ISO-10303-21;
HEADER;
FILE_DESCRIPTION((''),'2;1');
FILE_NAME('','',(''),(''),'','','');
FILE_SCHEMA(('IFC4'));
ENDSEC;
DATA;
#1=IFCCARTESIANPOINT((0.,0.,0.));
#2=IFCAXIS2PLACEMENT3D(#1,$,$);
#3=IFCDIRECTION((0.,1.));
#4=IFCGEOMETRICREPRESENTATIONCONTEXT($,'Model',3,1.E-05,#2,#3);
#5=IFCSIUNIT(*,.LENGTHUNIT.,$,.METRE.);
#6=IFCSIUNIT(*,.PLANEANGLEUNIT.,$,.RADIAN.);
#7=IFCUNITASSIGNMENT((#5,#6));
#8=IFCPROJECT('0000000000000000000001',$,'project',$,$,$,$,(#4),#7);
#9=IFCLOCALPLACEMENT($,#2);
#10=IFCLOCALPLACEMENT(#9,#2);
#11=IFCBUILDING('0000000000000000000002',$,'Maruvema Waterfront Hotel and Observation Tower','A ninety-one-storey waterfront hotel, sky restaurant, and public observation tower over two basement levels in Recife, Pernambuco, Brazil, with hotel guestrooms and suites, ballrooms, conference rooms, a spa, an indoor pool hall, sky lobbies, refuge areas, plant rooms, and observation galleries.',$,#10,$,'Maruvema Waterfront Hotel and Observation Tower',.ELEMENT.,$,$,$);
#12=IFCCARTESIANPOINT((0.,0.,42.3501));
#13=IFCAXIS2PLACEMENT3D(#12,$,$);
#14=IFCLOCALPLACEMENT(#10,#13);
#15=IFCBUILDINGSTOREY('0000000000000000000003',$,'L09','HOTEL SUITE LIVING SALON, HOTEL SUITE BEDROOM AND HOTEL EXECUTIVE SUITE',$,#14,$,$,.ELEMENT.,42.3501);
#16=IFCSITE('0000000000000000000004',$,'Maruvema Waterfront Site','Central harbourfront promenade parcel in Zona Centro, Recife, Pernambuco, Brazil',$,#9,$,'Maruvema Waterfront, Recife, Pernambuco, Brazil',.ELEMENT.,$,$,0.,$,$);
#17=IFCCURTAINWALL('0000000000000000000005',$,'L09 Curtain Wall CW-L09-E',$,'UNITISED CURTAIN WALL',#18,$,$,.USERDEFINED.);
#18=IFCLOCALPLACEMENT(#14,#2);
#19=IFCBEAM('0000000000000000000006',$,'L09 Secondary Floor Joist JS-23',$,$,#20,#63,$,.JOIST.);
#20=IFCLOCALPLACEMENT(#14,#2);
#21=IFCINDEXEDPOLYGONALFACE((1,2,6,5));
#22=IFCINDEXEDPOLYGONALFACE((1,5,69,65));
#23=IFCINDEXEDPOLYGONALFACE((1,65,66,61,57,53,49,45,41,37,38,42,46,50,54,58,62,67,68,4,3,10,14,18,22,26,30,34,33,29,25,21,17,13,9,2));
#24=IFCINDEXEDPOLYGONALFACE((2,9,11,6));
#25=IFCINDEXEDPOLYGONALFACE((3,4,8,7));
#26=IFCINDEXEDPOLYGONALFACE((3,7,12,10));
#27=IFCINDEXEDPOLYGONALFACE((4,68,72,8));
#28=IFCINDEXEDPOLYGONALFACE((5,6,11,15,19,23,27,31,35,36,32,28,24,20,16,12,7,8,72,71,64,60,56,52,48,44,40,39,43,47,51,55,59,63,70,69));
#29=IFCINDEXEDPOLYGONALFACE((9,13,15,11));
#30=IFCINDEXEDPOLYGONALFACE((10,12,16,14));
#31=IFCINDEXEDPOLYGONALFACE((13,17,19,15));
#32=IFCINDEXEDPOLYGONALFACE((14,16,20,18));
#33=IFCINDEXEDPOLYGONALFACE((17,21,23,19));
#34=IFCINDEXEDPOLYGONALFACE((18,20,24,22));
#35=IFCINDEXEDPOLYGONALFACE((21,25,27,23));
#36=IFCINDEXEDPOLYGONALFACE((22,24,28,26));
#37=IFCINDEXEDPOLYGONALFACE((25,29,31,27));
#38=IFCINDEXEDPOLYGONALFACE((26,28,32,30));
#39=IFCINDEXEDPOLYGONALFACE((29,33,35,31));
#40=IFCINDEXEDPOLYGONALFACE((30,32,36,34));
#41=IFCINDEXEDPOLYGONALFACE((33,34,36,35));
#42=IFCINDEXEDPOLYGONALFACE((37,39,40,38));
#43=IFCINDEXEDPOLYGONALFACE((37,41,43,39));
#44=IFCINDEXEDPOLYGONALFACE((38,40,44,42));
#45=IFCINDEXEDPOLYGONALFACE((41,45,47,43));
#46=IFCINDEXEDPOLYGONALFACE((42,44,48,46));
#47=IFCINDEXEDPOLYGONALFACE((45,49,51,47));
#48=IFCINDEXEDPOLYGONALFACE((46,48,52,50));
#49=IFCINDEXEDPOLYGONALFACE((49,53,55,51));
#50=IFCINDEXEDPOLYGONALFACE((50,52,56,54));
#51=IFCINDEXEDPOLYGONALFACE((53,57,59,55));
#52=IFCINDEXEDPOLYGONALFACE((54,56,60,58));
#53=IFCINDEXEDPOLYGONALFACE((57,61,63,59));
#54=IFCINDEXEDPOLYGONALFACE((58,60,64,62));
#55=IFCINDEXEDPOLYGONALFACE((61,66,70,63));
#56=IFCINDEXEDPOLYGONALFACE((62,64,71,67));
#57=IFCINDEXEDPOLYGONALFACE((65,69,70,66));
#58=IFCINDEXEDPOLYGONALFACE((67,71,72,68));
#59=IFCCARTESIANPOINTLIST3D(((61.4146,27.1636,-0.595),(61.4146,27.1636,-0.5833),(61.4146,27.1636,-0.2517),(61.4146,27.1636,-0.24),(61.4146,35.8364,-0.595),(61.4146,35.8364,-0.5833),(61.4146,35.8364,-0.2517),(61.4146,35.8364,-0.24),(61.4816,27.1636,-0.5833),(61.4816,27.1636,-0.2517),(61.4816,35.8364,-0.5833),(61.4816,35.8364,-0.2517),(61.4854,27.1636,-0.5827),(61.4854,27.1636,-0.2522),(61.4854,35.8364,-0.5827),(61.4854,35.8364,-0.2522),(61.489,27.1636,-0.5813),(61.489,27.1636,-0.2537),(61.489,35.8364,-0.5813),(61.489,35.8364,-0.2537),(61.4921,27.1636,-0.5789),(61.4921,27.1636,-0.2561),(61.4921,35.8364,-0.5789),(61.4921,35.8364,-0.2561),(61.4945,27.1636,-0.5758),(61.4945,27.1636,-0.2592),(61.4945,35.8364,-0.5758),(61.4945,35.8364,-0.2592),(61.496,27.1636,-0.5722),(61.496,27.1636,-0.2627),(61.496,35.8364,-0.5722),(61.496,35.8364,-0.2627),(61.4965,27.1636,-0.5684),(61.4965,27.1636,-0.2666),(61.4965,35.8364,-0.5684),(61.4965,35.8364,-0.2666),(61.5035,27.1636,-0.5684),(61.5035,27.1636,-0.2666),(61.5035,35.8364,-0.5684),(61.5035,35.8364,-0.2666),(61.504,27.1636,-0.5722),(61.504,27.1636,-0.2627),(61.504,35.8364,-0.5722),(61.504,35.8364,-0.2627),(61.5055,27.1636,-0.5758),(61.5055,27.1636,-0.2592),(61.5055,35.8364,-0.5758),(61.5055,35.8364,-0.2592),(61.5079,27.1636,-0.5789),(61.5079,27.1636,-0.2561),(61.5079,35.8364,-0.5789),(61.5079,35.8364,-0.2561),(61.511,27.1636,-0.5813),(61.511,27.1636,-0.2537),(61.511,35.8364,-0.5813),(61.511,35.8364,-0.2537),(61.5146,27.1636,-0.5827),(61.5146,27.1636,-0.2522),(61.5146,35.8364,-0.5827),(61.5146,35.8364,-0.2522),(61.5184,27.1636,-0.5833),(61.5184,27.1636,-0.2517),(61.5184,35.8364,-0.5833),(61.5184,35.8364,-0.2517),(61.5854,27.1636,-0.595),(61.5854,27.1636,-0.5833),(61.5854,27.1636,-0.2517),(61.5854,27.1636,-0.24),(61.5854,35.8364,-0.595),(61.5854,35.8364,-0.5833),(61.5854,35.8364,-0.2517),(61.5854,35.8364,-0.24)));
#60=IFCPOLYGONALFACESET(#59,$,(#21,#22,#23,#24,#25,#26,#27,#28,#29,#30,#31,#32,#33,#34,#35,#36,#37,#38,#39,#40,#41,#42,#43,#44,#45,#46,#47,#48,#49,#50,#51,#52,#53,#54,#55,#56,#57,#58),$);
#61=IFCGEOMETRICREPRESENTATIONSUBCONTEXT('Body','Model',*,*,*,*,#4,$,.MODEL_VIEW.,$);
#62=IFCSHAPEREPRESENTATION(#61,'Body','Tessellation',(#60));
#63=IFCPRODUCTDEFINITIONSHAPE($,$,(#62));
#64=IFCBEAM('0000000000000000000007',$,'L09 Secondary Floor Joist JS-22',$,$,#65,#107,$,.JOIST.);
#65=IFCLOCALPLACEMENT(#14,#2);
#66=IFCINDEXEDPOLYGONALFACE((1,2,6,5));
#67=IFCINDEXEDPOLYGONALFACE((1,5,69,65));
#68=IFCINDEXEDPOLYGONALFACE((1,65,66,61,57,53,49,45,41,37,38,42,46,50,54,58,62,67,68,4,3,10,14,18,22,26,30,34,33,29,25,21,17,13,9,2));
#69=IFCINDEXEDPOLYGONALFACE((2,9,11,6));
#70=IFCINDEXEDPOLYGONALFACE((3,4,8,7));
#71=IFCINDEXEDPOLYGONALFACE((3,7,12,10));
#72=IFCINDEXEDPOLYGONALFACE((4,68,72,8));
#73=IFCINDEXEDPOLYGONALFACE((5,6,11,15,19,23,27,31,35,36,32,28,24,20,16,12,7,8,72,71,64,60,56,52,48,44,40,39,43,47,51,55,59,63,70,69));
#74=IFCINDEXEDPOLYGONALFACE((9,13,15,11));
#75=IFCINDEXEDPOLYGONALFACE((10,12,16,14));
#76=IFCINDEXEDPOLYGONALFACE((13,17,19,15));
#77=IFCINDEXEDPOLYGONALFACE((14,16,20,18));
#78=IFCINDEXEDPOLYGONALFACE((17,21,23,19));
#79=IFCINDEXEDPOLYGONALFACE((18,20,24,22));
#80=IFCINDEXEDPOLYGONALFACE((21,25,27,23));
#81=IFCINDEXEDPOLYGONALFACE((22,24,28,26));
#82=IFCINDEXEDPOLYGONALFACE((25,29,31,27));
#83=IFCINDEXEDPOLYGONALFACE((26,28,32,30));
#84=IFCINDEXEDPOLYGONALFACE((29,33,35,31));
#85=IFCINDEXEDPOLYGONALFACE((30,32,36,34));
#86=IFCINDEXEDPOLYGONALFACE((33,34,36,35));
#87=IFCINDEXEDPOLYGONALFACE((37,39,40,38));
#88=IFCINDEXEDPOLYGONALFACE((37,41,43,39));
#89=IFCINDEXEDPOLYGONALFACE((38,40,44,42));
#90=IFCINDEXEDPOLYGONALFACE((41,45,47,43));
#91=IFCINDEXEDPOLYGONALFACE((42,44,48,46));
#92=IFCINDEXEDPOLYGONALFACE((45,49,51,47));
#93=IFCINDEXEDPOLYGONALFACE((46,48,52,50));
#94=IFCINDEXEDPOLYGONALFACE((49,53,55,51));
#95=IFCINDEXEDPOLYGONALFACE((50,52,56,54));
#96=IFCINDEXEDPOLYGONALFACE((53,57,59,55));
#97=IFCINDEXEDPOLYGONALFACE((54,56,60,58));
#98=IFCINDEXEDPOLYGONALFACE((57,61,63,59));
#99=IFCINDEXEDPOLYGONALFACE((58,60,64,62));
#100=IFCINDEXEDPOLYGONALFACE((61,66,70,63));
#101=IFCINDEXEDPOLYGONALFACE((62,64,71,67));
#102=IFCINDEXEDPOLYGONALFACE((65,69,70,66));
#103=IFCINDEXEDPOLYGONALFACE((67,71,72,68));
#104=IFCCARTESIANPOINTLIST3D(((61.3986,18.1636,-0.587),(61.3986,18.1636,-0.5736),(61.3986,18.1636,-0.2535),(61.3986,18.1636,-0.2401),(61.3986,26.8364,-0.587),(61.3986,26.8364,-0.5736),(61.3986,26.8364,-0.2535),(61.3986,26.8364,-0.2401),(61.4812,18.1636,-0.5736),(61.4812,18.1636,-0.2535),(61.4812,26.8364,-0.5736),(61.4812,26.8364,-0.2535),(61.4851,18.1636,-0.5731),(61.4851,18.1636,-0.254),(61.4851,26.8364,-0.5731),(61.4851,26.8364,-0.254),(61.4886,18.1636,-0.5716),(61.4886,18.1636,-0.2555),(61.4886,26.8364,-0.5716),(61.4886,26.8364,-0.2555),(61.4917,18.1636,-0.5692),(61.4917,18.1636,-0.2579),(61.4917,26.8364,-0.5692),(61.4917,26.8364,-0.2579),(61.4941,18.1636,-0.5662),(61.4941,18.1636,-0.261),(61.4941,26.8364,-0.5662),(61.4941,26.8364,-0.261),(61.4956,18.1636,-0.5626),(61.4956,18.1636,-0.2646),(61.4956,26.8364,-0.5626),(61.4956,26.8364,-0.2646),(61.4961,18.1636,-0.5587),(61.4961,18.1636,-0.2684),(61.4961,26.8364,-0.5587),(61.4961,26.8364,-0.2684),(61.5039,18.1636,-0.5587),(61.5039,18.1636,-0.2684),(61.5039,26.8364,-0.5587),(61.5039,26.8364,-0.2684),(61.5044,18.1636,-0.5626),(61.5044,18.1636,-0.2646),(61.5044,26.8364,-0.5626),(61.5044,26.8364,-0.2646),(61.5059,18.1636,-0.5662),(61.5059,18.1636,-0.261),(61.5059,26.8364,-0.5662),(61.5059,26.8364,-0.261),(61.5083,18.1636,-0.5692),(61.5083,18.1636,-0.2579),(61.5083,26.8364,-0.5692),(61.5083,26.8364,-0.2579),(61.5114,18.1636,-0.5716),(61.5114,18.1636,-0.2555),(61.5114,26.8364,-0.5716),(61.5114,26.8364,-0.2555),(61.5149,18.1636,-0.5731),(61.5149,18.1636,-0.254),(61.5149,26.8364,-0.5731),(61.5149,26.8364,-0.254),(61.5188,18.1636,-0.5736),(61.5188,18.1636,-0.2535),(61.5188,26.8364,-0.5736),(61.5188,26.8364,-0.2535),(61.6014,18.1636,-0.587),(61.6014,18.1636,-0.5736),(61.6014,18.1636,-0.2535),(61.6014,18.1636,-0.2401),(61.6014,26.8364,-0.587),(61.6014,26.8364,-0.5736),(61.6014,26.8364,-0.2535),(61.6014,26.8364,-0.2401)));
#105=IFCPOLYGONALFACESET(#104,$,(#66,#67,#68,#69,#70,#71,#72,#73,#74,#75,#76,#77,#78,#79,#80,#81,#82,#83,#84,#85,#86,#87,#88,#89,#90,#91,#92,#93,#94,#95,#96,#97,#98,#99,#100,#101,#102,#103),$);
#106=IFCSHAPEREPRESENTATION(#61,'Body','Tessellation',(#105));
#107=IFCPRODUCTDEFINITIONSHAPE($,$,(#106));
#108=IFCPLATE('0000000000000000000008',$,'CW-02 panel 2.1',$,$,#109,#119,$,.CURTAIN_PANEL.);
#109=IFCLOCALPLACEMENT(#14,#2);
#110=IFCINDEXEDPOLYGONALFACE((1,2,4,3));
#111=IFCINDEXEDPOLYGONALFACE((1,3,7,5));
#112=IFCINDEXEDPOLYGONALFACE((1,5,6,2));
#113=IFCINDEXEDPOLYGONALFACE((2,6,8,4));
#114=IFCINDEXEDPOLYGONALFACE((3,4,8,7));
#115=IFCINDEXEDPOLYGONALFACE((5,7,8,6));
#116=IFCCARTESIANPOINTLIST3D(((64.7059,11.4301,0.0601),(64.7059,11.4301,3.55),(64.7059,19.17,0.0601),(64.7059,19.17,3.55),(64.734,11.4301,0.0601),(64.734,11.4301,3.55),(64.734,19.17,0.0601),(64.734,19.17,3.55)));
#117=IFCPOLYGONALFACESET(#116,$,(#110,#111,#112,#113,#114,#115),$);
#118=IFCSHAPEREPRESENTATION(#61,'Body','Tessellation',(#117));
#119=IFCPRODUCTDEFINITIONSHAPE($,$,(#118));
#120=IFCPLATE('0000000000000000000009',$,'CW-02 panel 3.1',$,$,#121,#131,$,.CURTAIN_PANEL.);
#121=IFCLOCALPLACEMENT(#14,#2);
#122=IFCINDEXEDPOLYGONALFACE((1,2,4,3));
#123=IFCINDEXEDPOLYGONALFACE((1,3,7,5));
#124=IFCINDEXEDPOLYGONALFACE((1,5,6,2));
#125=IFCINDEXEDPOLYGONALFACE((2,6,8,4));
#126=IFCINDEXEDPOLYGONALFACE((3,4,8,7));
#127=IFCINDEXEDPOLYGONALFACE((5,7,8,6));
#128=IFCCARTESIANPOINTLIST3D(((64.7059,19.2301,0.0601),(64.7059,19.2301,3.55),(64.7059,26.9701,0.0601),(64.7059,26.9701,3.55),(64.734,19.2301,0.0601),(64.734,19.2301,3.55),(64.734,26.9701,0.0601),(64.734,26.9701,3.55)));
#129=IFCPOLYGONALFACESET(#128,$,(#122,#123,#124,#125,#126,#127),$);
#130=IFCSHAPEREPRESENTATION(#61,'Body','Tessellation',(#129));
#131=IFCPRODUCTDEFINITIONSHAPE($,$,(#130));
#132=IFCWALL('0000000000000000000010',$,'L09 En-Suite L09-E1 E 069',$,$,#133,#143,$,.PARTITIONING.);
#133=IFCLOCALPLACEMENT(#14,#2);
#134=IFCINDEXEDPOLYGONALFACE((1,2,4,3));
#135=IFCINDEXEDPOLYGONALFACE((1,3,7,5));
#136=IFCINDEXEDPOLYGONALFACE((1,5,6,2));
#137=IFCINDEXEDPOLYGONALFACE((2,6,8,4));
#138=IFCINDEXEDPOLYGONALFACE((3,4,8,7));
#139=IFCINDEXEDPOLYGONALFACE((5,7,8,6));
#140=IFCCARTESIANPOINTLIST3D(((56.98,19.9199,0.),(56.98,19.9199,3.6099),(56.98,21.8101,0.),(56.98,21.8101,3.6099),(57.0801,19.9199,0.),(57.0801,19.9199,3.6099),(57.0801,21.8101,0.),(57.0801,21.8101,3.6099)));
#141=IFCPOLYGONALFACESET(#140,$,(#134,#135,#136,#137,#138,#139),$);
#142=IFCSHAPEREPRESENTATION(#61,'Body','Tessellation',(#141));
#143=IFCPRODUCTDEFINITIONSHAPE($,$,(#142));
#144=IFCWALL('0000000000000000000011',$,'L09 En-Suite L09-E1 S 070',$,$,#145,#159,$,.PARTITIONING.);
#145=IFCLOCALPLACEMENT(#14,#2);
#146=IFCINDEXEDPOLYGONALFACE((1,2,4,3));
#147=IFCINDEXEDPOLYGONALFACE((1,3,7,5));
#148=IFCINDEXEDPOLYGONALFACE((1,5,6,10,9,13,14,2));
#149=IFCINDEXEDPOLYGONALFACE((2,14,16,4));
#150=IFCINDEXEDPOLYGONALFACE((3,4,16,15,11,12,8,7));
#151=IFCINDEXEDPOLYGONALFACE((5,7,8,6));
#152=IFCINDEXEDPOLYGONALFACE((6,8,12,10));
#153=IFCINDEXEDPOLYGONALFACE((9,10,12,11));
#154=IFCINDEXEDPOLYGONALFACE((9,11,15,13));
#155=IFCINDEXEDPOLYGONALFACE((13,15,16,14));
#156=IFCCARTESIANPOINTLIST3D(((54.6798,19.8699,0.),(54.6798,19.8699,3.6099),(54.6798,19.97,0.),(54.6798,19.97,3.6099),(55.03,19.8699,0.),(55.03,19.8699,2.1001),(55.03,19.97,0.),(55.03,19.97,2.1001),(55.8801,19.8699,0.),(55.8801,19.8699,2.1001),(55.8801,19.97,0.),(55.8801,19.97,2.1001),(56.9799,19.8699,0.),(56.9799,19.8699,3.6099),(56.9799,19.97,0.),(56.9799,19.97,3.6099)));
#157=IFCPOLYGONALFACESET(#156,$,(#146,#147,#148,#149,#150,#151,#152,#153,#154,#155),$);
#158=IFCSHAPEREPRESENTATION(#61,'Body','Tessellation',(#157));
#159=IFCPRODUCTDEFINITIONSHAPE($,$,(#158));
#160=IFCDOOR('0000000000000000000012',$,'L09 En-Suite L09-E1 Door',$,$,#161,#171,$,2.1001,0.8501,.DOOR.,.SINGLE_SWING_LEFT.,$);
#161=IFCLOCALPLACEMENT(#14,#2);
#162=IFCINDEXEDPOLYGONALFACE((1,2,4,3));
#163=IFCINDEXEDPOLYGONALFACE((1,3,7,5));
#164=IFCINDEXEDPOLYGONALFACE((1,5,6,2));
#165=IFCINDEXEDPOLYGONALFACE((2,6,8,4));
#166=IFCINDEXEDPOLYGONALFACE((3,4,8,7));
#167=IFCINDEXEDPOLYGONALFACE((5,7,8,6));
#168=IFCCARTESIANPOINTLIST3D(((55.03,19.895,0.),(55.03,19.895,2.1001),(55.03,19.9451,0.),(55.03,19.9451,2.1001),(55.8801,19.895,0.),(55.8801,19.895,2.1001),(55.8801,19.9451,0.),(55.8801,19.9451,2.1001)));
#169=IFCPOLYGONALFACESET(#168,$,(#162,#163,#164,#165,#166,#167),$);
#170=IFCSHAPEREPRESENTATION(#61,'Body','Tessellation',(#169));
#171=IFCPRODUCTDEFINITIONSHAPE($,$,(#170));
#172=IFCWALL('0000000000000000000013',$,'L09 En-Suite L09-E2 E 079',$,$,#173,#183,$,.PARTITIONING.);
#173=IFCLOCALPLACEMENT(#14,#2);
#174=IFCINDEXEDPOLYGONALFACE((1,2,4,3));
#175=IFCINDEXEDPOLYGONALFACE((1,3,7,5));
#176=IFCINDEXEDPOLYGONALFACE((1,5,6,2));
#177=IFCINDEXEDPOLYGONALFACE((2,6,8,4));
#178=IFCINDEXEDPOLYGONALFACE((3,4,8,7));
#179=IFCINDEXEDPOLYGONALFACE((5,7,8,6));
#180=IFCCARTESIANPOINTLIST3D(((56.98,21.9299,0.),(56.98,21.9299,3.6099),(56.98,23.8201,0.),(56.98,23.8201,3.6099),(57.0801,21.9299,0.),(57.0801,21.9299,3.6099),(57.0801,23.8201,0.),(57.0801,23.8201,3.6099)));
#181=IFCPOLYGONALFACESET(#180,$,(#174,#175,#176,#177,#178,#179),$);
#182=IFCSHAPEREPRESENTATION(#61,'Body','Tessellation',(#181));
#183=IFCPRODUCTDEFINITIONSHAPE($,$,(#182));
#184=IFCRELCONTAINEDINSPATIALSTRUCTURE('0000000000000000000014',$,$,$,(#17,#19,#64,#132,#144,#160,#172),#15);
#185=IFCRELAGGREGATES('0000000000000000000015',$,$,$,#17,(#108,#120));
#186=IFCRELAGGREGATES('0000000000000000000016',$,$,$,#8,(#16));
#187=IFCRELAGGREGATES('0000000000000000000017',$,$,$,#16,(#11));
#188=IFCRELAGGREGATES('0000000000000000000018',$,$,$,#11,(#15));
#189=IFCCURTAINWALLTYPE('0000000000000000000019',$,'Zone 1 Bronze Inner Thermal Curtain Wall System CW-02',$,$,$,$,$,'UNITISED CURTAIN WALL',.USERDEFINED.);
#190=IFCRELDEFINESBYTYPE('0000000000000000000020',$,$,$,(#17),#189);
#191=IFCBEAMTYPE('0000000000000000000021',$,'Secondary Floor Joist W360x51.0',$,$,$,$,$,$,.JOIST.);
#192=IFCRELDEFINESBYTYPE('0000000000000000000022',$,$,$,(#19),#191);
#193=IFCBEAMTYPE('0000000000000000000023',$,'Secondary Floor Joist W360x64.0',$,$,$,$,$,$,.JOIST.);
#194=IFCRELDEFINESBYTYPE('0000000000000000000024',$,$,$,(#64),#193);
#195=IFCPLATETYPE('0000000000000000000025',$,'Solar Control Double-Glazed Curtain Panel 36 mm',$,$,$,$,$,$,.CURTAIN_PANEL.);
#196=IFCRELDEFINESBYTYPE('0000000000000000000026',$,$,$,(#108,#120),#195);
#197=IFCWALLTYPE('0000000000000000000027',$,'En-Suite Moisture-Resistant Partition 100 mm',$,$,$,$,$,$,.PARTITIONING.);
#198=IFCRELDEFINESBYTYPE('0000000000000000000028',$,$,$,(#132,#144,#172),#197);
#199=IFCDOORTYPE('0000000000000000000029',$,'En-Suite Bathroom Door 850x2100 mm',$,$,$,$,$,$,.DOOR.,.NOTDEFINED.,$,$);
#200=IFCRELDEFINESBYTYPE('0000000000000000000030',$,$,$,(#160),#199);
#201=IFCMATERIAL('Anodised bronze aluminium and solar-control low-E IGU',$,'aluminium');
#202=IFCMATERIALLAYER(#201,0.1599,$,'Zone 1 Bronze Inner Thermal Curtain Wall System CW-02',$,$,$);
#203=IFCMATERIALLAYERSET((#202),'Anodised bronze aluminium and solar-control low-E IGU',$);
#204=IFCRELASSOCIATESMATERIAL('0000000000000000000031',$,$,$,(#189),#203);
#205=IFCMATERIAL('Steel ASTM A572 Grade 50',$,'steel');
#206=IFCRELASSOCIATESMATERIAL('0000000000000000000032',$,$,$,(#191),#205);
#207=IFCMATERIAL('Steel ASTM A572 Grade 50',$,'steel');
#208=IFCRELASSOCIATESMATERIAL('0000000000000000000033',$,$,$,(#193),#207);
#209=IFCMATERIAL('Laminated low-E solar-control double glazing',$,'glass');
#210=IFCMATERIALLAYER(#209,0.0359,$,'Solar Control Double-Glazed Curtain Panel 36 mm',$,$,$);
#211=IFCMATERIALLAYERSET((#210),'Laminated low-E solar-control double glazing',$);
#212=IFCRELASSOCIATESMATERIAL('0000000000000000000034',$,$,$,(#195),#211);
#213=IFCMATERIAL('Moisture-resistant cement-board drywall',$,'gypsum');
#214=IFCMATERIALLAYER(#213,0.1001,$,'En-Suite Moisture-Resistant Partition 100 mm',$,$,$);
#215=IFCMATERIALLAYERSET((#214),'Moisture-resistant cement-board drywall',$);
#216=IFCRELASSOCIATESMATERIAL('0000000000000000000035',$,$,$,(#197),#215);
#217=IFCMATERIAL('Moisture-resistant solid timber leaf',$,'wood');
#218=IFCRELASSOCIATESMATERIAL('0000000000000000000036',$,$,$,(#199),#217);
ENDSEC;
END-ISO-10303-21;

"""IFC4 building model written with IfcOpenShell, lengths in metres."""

from ifc_helpers import new_model, si_unit, direction, frame, frame_2d, origin, origin_2d, place, context, subcontext, project, spatial, rectangle, i_section, extrude, material, layer, layer_set, material_profile, profile_set, type_object, element, fill, aggregate, save


model = new_model("IFC4")

# Units and contexts
model_context = context("Model", 3, precision=1e-05, world=origin(), true_north=direction((0.0, 1.0)))
body_context = subcontext(model_context, "Body", "Model", "MODEL_VIEW")
ifc_project = project(units=[si_unit("LENGTHUNIT", "METRE"), si_unit("PLANEANGLEUNIT", "RADIAN")], contexts=[model_context])

# Site, building, storey
site_placement = place(None, origin())
site = spatial("IfcSite", under=ifc_project, at=site_placement, Name="Maruvema Waterfront Site", Description="Central harbourfront promenade parcel in Zona Centro, Recife, Pernambuco, Brazil", LongName="Maruvema Waterfront, Recife, Pernambuco, Brazil", CompositionType="ELEMENT", RefElevation=0.0)
building_placement = place(site_placement, origin())
building = spatial("IfcBuilding", under=site, at=building_placement, Name="Maruvema Waterfront Hotel and Observation Tower", Description="A ninety-one-storey waterfront hotel, sky restaurant, and public observation tower over two basement levels in Recife, Pernambuco, Brazil, with hotel guestrooms and suites, ballrooms, conference rooms, a spa, an indoor pool hall, sky lobbies, refuge areas, plant rooms, and observation galleries.", LongName="Maruvema Waterfront Hotel and Observation Tower", CompositionType="ELEMENT")
storey_placement = place(building_placement, frame((0.0, 0.0, 42.3501)))
storey = spatial("IfcBuildingStorey", under=building, at=storey_placement, Name="L09", Description="HOTEL SUITE LIVING SALON, HOTEL SUITE BEDROOM AND HOTEL EXECUTIVE SUITE", CompositionType="ELEMENT", Elevation=42.3501)

# Curtain wall
ifc_material_1 = material(Name="Anodised bronze aluminium and solar-control low-E IGU", Category="aluminium")
ifc_layer_1 = layer(ifc_material_1, 0.1599, Name="Zone 1 Bronze Inner Thermal Curtain Wall System CW-02")
ifc_layer_set_1 = layer_set([ifc_layer_1], Name="Anodised bronze aluminium and solar-control low-E IGU")
curtain_wall_type = type_object("IfcCurtainWallType", Name="Zone 1 Bronze Inner Thermal Curtain Wall System CW-02", ElementType="UNITISED CURTAIN WALL", PredefinedType="USERDEFINED", material=ifc_layer_set_1)
curtain_wall_placement = place(storey_placement, origin())
curtain_wall = element("IfcCurtainWall", 1, at=curtain_wall_placement, inside=storey, type_object=curtain_wall_type, Name="L09 Curtain Wall CW-L09-E", ObjectType="UNITISED CURTAIN WALL", PredefinedType="USERDEFINED")

# Beams
ifc_material_2 = material(Name="Steel ASTM A572 Grade 50", Category="steel")
ifc_material_profile_1 = material_profile(ifc_material_2, i_section(OverallWidth=0.1709, OverallDepth=0.355, WebThickness=0.0071, FlangeThickness=0.0117, FilletRadius=0.0149, at=origin_2d()), Name="W360x51.0")
ifc_profile_set_1 = profile_set([ifc_material_profile_1], Name="Steel ASTM A572 Grade 50")
beam_type_1 = type_object("IfcBeamType", Name="Secondary Floor Joist W360x51.0", PredefinedType="JOIST", material=ifc_profile_set_1)
beam_1_placement = place(storey_placement, frame((61.5, 27.1636, -0.4175), z_axis=(0.0, 1.0, 0.0), x_axis=(-1.0, 0.0, 0.0)))
element("IfcBeam", 2, at=beam_1_placement, inside=storey, type_object=beam_type_1, Name="L09 Secondary Floor Joist JS-23", PredefinedType="JOIST", context=body_context, shape_type="SweptSolid", body=[
    extrude(i_section(OverallWidth=0.1709, OverallDepth=0.355, WebThickness=0.0071, FlangeThickness=0.0117, FilletRadius=0.0149, at=origin_2d()), origin(), (0.0, 0.0, 1.0), 8.6729),
])
ifc_material_3 = material(Name="Steel ASTM A572 Grade 50", Category="steel")
ifc_material_profile_2 = material_profile(ifc_material_3, i_section(OverallWidth=0.2029, OverallDepth=0.3469, WebThickness=0.0078, FlangeThickness=0.0134, FilletRadius=0.0149, at=origin_2d()), Name="W360x64.0")
ifc_profile_set_2 = profile_set([ifc_material_profile_2], Name="Steel ASTM A572 Grade 50")
beam_type_2 = type_object("IfcBeamType", Name="Secondary Floor Joist W360x64.0", PredefinedType="JOIST", material=ifc_profile_set_2)
beam_2_placement = place(storey_placement, frame((61.5, 18.1636, -0.4136), z_axis=(0.0, 1.0, 0.0), x_axis=(-1.0, 0.0, 0.0)))
element("IfcBeam", 3, at=beam_2_placement, inside=storey, type_object=beam_type_2, Name="L09 Secondary Floor Joist JS-22", PredefinedType="JOIST", context=body_context, shape_type="SweptSolid", body=[
    extrude(i_section(OverallWidth=0.2029, OverallDepth=0.3469, WebThickness=0.0078, FlangeThickness=0.0134, FilletRadius=0.0149, at=origin_2d()), origin(), (0.0, 0.0, 1.0), 8.6729),
])

# Plates
ifc_material_4 = material(Name="Laminated low-E solar-control double glazing", Category="glass")
ifc_layer_2 = layer(ifc_material_4, 0.0359, Name="Solar Control Double-Glazed Curtain Panel 36 mm")
ifc_layer_set_2 = layer_set([ifc_layer_2], Name="Laminated low-E solar-control double glazing")
plate_type = type_object("IfcPlateType", Name="Solar Control Double-Glazed Curtain Panel 36 mm", PredefinedType="CURTAIN_PANEL", material=ifc_layer_set_2)
plate_1_placement = place(storey_placement, frame((64.72, 15.3, 0.0601), z_axis=(0.0, 0.0, 1.0), x_axis=(0.0, 1.0, 0.0)))
plate_1 = element("IfcPlate", 4, at=plate_1_placement, type_object=plate_type, Name="CW-02 panel 2.1", PredefinedType="CURTAIN_PANEL", context=body_context, shape_type="SweptSolid", body=[
    extrude(rectangle(XDim=7.74, YDim=0.0281, at=origin_2d()), origin(), (0.0, 0.0, 1.0), 3.49),
])
plate_2_placement = place(storey_placement, frame((64.72, 23.1001, 0.0601), z_axis=(0.0, 0.0, 1.0), x_axis=(0.0, 1.0, 0.0)))
plate_2 = element("IfcPlate", 5, at=plate_2_placement, type_object=plate_type, Name="CW-02 panel 3.1", PredefinedType="CURTAIN_PANEL", context=body_context, shape_type="SweptSolid", body=[
    extrude(rectangle(XDim=7.74, YDim=0.0281, at=origin_2d()), origin(), (0.0, 0.0, 1.0), 3.49),
])
aggregate(curtain_wall, [plate_1, plate_2])

# Wall
ifc_material_5 = material(Name="Moisture-resistant cement-board drywall", Category="gypsum")
ifc_layer_3 = layer(ifc_material_5, 0.1001, Name="En-Suite Moisture-Resistant Partition 100 mm")
ifc_layer_set_3 = layer_set([ifc_layer_3], Name="Moisture-resistant cement-board drywall")
wall_type = type_object("IfcWallType", Name="En-Suite Moisture-Resistant Partition 100 mm", PredefinedType="PARTITIONING", material=ifc_layer_set_3)
wall_1_placement = place(storey_placement, frame((57.03, 19.9199, 0.0), z_axis=(0.0, 0.0, 1.0), x_axis=(0.0, 1.0, 0.0)))
element("IfcWall", 6, at=wall_1_placement, inside=storey, type_object=wall_type, Name="L09 En-Suite L09-E1 E 069", PredefinedType="PARTITIONING", context=body_context, shape_type="SweptSolid", body=[
    extrude(rectangle(XDim=1.8901, YDim=0.1001, at=frame_2d((0.9451, 0.0))), origin(), (0.0, 0.0, 1.0), 3.6099),
])

# Wall, opening, door
wall_2_placement = place(storey_placement, frame((54.6799, 19.9199, 0.0), z_axis=(0.0, 0.0, 1.0), x_axis=(1.0, 0.0, 0.0)))
wall_2 = element("IfcWall", 7, at=wall_2_placement, inside=storey, type_object=wall_type, Name="L09 En-Suite L09-E1 S 070", PredefinedType="PARTITIONING", context=body_context, shape_type="SweptSolid", body=[
    extrude(rectangle(XDim=2.3, YDim=0.1001, at=frame_2d((1.1499, 0.0))), origin(), (0.0, 0.0, 1.0), 3.6099),
])
opening_1_placement = place(wall_2_placement, frame((0.3501, 0.0, 0.0)))
opening_1 = element("IfcOpeningElement", 8, at=opening_1_placement, cuts=wall_2, PredefinedType="OPENING", context=body_context, shape_type="SweptSolid", body=[
    extrude(rectangle(XDim=0.8501, YDim=2.1001, at=frame_2d((0.425, 1.05))), frame((0.0, 0.0601, 0.0), z_axis=(0.0, -1.0, 0.0), x_axis=(1.0, 0.0, 0.0)), (0.0, 0.0, 1.0), 0.1201),
])
ifc_material_6 = material(Name="Moisture-resistant solid timber leaf", Category="wood")
door_type = type_object("IfcDoorType", Name="En-Suite Bathroom Door 850x2100 mm", OperationType="NOTDEFINED", PredefinedType="DOOR", material=ifc_material_6)
door_1_placement = place(opening_1_placement, frame((0.8501, 0.0, 0.0), z_axis=(0.0, 0.0, 1.0), x_axis=(-1.0, 0.0, 0.0)))
door_1 = element("IfcDoor", 9, at=door_1_placement, inside=storey, type_object=door_type, Name="L09 En-Suite L09-E1 Door", OperationType="SINGLE_SWING_LEFT", OverallHeight=2.1001, OverallWidth=0.8501, PredefinedType="DOOR", context=body_context, shape_type="SweptSolid", body=[
    extrude(rectangle(XDim=0.8501, YDim=2.1001, at=frame_2d((0.425, 1.05))), frame((0.0, 0.0249, 0.0), z_axis=(0.0, -1.0, 0.0), x_axis=(1.0, 0.0, 0.0)), (0.0, 0.0, 1.0), 0.05),
])
fill(opening_1, door_1)

# Wall
wall_3_placement = place(storey_placement, frame((57.03, 21.9299, 0.0), z_axis=(0.0, 0.0, 1.0), x_axis=(0.0, 1.0, 0.0)))
element("IfcWall", 10, at=wall_3_placement, inside=storey, type_object=wall_type, Name="L09 En-Suite L09-E2 E 079", PredefinedType="PARTITIONING", context=body_context, shape_type="SweptSolid", body=[
    extrude(rectangle(XDim=1.8901, YDim=0.1001, at=frame_2d((0.9451, 0.0))), origin(), (0.0, 0.0, 1.0), 3.6099),
])

save(model, "model.ifc")
